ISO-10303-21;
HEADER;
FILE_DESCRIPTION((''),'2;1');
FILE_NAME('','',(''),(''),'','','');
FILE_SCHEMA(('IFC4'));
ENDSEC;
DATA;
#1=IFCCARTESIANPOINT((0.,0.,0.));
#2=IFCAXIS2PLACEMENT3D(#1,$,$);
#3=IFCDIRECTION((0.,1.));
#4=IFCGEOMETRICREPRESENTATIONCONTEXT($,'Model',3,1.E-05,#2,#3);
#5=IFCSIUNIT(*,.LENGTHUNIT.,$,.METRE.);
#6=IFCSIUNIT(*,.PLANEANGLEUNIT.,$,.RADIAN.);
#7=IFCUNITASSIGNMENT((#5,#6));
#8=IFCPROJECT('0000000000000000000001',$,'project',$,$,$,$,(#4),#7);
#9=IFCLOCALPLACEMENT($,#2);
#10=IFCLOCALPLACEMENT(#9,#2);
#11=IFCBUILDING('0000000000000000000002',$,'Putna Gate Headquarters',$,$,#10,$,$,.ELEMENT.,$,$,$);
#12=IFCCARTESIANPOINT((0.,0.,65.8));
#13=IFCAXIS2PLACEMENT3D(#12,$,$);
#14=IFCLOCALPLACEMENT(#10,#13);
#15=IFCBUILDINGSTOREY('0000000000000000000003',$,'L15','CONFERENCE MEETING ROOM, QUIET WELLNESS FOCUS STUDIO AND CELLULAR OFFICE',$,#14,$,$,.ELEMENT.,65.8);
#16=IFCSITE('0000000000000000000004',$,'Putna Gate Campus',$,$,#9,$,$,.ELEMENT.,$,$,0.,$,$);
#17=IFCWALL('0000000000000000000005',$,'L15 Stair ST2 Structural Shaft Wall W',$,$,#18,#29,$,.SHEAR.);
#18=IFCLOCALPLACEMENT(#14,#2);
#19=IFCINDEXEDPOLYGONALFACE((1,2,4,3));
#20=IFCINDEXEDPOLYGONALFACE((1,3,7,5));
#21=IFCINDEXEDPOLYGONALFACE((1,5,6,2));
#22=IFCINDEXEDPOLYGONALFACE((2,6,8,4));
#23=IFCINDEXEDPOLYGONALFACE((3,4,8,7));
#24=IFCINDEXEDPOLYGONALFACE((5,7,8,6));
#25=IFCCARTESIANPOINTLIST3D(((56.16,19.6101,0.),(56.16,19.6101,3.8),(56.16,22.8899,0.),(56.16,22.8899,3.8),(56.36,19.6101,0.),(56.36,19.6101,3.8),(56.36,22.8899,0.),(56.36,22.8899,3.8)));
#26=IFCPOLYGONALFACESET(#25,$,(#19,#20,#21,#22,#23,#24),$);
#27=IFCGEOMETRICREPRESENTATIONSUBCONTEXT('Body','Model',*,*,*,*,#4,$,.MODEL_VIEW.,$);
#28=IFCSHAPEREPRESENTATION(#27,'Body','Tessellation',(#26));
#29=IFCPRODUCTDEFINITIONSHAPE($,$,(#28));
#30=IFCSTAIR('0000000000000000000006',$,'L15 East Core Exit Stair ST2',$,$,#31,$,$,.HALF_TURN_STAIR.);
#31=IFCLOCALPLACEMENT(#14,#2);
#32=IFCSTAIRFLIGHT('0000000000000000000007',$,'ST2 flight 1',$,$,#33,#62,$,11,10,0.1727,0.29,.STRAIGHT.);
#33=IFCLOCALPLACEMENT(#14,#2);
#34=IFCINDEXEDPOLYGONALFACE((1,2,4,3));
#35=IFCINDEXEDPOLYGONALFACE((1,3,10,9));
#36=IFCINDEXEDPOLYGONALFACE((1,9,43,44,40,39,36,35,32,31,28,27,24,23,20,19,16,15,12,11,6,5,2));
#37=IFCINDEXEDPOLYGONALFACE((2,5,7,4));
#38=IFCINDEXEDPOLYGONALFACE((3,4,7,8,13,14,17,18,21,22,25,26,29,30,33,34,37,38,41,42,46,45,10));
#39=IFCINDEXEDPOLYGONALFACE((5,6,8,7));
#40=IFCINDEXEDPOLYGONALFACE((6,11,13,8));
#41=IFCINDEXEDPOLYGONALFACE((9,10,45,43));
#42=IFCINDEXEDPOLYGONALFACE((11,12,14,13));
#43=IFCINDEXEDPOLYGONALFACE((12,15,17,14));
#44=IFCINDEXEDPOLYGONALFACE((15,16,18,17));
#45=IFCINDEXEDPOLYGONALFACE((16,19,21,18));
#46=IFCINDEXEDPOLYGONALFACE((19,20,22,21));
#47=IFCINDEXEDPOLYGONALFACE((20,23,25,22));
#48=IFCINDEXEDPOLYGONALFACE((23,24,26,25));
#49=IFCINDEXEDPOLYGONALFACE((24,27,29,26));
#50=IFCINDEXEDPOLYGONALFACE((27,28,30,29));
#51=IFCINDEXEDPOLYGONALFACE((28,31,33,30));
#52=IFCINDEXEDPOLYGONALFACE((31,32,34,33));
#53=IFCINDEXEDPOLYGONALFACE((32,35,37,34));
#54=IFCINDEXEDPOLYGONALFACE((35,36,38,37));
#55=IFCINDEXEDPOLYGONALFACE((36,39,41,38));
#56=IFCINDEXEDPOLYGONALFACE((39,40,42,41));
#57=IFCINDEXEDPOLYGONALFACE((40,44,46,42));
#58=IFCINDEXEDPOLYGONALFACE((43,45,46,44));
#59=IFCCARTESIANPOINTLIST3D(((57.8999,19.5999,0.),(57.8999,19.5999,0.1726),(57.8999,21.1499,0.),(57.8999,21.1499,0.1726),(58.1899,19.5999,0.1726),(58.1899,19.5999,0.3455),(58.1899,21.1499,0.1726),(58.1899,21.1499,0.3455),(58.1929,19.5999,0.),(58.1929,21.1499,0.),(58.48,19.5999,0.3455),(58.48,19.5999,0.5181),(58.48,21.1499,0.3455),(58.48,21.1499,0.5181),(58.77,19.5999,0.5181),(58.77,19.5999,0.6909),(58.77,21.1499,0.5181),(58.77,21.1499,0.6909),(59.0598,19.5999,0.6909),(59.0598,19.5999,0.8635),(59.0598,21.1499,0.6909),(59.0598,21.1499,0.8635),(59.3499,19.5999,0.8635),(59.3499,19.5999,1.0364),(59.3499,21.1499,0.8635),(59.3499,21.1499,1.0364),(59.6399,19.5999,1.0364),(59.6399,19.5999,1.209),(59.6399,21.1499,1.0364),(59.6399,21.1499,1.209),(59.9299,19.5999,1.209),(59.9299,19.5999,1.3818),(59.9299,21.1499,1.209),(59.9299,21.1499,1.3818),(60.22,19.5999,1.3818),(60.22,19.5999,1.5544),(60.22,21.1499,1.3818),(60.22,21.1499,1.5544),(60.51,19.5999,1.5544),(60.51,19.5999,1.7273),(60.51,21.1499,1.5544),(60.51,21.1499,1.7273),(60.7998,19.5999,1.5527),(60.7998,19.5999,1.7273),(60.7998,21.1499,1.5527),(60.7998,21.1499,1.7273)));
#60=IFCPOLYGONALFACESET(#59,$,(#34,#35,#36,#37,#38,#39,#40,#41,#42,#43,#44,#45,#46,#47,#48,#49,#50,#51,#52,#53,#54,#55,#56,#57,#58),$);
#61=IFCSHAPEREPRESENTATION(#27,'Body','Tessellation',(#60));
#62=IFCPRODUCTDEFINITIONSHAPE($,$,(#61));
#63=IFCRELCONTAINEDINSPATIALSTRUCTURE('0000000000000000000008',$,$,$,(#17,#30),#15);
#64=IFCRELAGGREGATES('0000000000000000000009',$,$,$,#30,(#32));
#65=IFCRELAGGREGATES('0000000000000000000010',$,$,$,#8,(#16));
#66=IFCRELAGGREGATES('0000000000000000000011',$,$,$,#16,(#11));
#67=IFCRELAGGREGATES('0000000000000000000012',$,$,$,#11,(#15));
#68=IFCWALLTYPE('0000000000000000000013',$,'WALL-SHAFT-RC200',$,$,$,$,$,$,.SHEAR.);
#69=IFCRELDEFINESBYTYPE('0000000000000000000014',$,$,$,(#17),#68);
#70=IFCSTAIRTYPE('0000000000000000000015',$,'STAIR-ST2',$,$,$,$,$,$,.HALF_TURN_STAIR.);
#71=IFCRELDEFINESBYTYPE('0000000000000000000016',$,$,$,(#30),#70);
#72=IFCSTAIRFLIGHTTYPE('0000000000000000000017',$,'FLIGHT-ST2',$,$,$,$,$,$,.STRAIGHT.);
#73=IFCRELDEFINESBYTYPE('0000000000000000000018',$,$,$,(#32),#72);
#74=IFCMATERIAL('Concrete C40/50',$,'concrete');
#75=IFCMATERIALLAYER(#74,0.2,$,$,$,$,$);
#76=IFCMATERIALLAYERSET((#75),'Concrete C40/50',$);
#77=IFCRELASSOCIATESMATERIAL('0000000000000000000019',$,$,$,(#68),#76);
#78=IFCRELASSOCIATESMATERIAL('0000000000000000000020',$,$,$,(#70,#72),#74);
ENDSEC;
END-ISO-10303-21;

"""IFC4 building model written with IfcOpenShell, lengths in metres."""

from ifc_helpers import new_model, si_unit, direction, frame, frame_2d, origin, place, context, subcontext, project, spatial, polyline, rectangle, outline, extrude, material, layer, layer_set, type_object, element, aggregate, save


model = new_model("IFC4")

# Units and contexts
model_context = context("Model", 3, precision=1e-05, world=origin(), true_north=direction((0.0, 1.0)))
body_context = subcontext(model_context, "Body", "Model", "MODEL_VIEW")
ifc_project = project(units=[si_unit("LENGTHUNIT", "METRE"), si_unit("PLANEANGLEUNIT", "RADIAN")], contexts=[model_context])

# Site, building, storey
site_placement = place(None, origin())
site = spatial("IfcSite", under=ifc_project, at=site_placement, Name="Putna Gate Campus", CompositionType="ELEMENT", RefElevation=0.0)
building_placement = place(site_placement, origin())
building = spatial("IfcBuilding", under=site, at=building_placement, Name="Putna Gate Headquarters", CompositionType="ELEMENT")
storey_placement = place(building_placement, frame((0.0, 0.0, 65.8)))
storey = spatial("IfcBuildingStorey", under=building, at=storey_placement, Name="L15", Description="CONFERENCE MEETING ROOM, QUIET WELLNESS FOCUS STUDIO AND CELLULAR OFFICE", CompositionType="ELEMENT", Elevation=65.8)

# Shared definitions
ifc_material_1 = material(Name="Concrete C40/50", Category="concrete")

# Wall
ifc_layer_1 = layer(ifc_material_1, 0.2)
ifc_layer_set_1 = layer_set([ifc_layer_1], Name="Concrete C40/50")
wall_type_1 = type_object("IfcWallType", Name="WALL-SHAFT-RC200", PredefinedType="SHEAR", material=ifc_layer_set_1)
wall_1_placement = place(storey_placement, frame((56.26, 19.6101, 0.0), z_axis=(0.0, 0.0, 1.0), x_axis=(0.0, 1.0, 0.0)))
element("IfcWall", 1, at=wall_1_placement, inside=storey, type_object=wall_type_1, Name="L15 Stair ST2 Structural Shaft Wall W", PredefinedType="SHEAR", context=body_context, shape_type="SweptSolid", body=[
    extrude(rectangle(XDim=3.2798, YDim=0.2, at=frame_2d((1.6399, 0.0))), origin(), (0.0, 0.0, 1.0), 3.8),
])

# Stair, stair flight
stair_type = type_object("IfcStairType", Name="STAIR-ST2", PredefinedType="HALF_TURN_STAIR", material=ifc_material_1)
stair_placement = place(storey_placement, origin())
stair = element("IfcStair", 2, at=stair_placement, inside=storey, type_object=stair_type, Name="L15 East Core Exit Stair ST2", PredefinedType="HALF_TURN_STAIR")
stair_flight_type = type_object("IfcStairFlightType", Name="FLIGHT-ST2", PredefinedType="STRAIGHT", material=ifc_material_1)
stair_flight_placement = place(storey_placement, frame((57.8999, 20.375, 0.0), z_axis=(0.0, 0.0, 1.0), x_axis=(1.0, 0.0, 0.0)))
stair_flight = element("IfcStairFlight", 3, at=stair_flight_placement, type_object=stair_flight_type, Name="ST2 flight 1", NumberOfRisers=11, NumberOfTreads=10, PredefinedType="STRAIGHT", RiserHeight=0.1727, TreadLength=0.29, context=body_context, shape_type="SweptSolid", body=[
    extrude(outline(polyline([(0.0, 0.0), (0.0, 0.1726), (0.29, 0.1726), (0.29, 0.3455), (0.5801, 0.3455), (0.5801, 0.5181), (0.8701, 0.5181), (0.8701, 0.6909), (1.1599, 0.6909), (1.1599, 0.8635), (1.45, 0.8635), (1.45, 1.0364), (1.74, 1.0364), (1.74, 1.209), (2.03, 1.209), (2.03, 1.3818), (2.3201, 1.3818), (2.3201, 1.5544), (2.6101, 1.5544), (2.6101, 1.7273), (2.8999, 1.7273), (2.8999, 1.8999), (2.8999, 1.5527), (0.293, 0.0), (0.0, 0.0)])), frame((0.0, 0.7749, 0.0), z_axis=(0.0, -1.0, 0.0), x_axis=(1.0, 0.0, 0.0)), (0.0, 0.0, 1.0), 1.55),
])
aggregate(stair, [stair_flight])

save(model, "model.ifc")
